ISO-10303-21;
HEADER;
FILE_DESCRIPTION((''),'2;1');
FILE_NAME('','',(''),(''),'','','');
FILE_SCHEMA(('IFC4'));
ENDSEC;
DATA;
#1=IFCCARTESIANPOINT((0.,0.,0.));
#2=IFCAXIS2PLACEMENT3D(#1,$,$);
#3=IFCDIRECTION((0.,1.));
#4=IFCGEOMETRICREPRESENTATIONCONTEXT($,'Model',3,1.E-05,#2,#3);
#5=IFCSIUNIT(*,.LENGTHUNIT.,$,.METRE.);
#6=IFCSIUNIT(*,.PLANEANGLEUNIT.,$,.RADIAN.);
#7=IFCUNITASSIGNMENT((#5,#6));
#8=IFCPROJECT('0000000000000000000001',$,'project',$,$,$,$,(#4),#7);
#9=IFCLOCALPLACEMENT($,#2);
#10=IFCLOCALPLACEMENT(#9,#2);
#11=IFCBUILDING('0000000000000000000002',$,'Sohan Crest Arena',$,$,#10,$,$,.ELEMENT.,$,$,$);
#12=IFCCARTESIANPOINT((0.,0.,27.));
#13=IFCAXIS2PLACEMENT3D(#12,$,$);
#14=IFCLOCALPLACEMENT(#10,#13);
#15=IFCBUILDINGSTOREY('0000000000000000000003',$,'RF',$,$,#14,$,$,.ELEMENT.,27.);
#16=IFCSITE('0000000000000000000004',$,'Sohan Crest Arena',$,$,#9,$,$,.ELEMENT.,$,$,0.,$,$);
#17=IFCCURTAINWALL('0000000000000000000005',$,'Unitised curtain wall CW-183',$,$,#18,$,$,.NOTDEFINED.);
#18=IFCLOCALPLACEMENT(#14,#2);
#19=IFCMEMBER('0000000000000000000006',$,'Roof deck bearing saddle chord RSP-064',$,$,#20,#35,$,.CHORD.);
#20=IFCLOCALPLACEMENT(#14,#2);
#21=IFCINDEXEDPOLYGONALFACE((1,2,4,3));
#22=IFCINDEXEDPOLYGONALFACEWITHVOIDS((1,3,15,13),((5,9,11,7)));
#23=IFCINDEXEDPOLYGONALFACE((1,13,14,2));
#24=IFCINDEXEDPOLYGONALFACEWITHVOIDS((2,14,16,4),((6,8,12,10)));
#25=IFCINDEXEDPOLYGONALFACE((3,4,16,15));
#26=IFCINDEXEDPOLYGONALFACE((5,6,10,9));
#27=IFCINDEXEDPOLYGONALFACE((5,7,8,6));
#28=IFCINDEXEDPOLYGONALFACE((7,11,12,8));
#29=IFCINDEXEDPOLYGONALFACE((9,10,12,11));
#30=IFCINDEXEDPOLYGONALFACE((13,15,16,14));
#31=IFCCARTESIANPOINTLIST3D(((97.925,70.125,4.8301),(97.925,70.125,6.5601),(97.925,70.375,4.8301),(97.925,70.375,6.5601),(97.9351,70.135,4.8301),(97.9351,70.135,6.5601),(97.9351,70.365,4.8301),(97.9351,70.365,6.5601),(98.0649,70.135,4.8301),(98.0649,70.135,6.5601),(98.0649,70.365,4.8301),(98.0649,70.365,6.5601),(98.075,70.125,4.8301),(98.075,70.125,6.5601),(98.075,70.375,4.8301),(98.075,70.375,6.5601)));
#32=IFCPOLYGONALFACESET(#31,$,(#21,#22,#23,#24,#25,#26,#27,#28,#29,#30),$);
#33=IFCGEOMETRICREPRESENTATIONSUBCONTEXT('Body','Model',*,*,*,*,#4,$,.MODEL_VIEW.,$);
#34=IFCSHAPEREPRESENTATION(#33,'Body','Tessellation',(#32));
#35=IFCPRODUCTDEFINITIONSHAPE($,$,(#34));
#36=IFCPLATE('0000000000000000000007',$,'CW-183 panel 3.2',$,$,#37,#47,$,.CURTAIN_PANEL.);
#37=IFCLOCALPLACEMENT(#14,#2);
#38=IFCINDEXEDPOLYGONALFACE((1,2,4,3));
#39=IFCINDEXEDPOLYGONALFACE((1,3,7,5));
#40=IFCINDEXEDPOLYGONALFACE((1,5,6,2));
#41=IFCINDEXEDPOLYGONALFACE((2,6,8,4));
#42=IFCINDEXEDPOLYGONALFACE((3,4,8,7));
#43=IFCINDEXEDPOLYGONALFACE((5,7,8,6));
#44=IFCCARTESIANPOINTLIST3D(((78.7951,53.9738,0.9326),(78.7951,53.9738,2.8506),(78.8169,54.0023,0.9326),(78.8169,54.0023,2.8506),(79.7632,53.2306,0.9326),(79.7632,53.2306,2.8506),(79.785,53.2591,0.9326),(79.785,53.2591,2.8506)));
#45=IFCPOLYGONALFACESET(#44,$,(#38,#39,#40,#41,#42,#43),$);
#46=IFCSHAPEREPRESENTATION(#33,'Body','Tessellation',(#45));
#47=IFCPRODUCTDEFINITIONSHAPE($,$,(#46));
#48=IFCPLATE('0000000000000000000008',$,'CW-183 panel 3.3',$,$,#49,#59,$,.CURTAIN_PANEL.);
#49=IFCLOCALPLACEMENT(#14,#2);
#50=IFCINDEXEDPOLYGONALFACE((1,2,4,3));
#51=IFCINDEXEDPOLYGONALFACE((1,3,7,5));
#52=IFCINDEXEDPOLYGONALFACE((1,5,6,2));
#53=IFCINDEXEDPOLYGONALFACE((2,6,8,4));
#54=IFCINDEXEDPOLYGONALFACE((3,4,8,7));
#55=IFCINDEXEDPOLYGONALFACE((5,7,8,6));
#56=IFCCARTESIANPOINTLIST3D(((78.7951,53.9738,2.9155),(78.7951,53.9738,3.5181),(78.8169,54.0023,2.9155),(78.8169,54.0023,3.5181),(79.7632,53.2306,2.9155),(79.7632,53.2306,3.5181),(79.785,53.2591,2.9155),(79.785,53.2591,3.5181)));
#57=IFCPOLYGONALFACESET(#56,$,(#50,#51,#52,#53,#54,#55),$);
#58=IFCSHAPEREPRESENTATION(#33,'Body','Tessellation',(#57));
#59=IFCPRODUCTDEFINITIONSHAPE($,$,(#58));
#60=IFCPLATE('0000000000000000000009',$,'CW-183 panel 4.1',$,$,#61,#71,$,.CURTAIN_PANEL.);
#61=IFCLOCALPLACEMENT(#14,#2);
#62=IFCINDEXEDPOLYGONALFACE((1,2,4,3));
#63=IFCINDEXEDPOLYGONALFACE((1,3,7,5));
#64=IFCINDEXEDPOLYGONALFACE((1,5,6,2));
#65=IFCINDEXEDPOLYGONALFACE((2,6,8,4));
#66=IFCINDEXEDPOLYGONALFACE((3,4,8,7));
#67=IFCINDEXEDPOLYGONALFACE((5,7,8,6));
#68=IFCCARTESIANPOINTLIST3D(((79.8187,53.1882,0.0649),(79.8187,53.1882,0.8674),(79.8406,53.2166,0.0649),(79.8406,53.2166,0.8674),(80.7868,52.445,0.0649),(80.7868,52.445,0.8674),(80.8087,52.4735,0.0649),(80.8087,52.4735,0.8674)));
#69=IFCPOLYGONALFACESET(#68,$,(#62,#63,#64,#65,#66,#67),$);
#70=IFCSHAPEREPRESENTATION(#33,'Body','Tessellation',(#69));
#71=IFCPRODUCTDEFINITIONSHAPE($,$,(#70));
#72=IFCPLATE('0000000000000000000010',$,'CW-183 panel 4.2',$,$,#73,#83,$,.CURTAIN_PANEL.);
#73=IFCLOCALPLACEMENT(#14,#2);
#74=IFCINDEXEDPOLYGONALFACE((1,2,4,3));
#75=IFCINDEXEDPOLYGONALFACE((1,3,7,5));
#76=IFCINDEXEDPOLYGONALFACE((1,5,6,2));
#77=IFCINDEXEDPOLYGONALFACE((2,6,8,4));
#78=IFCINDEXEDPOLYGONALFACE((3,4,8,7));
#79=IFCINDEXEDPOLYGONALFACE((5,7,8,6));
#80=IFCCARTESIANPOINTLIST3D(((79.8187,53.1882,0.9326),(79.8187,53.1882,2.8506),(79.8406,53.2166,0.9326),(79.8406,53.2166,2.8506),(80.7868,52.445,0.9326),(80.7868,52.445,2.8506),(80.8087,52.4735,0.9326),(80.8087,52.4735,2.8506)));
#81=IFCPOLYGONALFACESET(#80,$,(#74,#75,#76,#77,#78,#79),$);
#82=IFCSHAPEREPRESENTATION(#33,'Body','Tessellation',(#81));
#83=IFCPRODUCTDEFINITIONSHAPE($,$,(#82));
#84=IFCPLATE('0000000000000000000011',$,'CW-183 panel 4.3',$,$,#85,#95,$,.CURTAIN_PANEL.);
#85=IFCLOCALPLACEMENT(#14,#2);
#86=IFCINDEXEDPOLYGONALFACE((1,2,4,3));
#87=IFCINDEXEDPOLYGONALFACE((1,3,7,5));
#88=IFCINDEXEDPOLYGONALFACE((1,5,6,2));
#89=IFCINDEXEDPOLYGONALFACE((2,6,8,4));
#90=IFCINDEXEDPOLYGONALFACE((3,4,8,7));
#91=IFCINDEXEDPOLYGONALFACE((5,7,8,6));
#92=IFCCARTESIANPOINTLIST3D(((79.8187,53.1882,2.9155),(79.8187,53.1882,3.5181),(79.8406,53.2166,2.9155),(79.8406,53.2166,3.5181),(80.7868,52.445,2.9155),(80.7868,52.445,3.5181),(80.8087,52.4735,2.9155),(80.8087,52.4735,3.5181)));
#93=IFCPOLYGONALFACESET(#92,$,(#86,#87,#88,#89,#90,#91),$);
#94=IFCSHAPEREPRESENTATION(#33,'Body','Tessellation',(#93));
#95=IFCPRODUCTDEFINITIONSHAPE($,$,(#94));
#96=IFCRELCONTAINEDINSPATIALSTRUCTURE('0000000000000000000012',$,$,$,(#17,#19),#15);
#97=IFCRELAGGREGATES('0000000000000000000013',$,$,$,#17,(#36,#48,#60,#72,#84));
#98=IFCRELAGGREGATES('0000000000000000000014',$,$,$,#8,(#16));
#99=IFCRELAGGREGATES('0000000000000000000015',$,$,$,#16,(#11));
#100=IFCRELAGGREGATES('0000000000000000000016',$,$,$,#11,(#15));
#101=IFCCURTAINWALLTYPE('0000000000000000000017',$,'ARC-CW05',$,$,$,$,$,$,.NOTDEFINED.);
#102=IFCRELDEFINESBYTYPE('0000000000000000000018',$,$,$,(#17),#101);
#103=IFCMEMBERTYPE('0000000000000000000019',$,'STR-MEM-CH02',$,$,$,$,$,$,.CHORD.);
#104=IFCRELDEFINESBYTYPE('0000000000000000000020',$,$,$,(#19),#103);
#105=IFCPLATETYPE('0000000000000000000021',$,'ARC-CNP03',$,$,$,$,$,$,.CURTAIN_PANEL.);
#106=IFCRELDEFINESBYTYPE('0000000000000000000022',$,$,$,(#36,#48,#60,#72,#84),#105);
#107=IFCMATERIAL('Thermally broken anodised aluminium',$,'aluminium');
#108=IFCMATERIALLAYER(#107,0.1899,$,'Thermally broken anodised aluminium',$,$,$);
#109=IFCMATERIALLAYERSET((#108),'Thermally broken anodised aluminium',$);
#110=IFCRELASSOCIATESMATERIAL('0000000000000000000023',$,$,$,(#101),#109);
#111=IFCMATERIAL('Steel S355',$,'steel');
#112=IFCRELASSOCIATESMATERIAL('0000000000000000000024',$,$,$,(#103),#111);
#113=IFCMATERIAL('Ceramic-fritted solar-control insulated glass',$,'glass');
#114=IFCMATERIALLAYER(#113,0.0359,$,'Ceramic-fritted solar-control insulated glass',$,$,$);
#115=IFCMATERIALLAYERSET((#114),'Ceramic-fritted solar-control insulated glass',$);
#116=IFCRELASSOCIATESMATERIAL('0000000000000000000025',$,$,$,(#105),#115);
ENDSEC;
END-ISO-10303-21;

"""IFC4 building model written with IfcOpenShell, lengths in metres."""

from ifc_helpers import new_model, si_unit, direction, frame, origin, origin_2d, place, context, subcontext, project, spatial, rectangle, hollow_rectangle, extrude, material, layer, layer_set, material_profile, profile_set, type_object, element, aggregate, save


model = new_model("IFC4")

# Units and contexts
model_context = context("Model", 3, precision=1e-05, world=origin(), true_north=direction((0.0, 1.0)))
body_context = subcontext(model_context, "Body", "Model", "MODEL_VIEW")
ifc_project = project(units=[si_unit("LENGTHUNIT", "METRE"), si_unit("PLANEANGLEUNIT", "RADIAN")], contexts=[model_context])

# Site, building, storey
site_placement = place(None, origin())
site = spatial("IfcSite", under=ifc_project, at=site_placement, Name="Sohan Crest Arena", CompositionType="ELEMENT", RefElevation=0.0)
building_placement = place(site_placement, origin())
building = spatial("IfcBuilding", under=site, at=building_placement, Name="Sohan Crest Arena", CompositionType="ELEMENT")
storey_placement = place(building_placement, frame((0.0, 0.0, 27.0)))
storey = spatial("IfcBuildingStorey", under=building, at=storey_placement, Name="RF", CompositionType="ELEMENT", Elevation=27.0)

# Curtain wall
ifc_material_1 = material(Name="Thermally broken anodised aluminium", Category="aluminium")
ifc_layer_1 = layer(ifc_material_1, 0.1899, Name="Thermally broken anodised aluminium")
ifc_layer_set_1 = layer_set([ifc_layer_1], Name="Thermally broken anodised aluminium")
curtain_wall_type = type_object("IfcCurtainWallType", Name="ARC-CW05", PredefinedType="NOTDEFINED", material=ifc_layer_set_1)
curtain_wall_placement = place(storey_placement, origin())
curtain_wall = element("IfcCurtainWall", 1, at=curtain_wall_placement, inside=storey, type_object=curtain_wall_type, Name="Unitised curtain wall CW-183", PredefinedType="NOTDEFINED")

# Shared definitions
ifc_material_2 = material(Name="Steel S355", Category="steel")

# Member
ifc_material_profile_1 = material_profile(ifc_material_2, hollow_rectangle(XDim=0.1499, YDim=0.25, WallThickness=0.01, at=origin_2d()), Name="RHS 250x150x10")
ifc_profile_set_1 = profile_set([ifc_material_profile_1], Name="Steel S355")
member_type_1 = type_object("IfcMemberType", Name="STR-MEM-CH02", PredefinedType="CHORD", material=ifc_profile_set_1)
member_1_placement = place(storey_placement, frame((98.0, 70.25, 4.8301), z_axis=(0.0, 0.0, 1.0), x_axis=(1.0, 0.0, 0.0)))
element("IfcMember", 2, at=member_1_placement, inside=storey, type_object=member_type_1, Name="Roof deck bearing saddle chord RSP-064", PredefinedType="CHORD", context=body_context, shape_type="SweptSolid", body=[
    extrude(hollow_rectangle(XDim=0.1499, YDim=0.25, WallThickness=0.01, at=origin_2d()), origin(), (0.0, 0.0, 1.0), 1.73),
])

# Plates
ifc_material_3 = material(Name="Ceramic-fritted solar-control insulated glass", Category="glass")
ifc_layer_2 = layer(ifc_material_3, 0.0359, Name="Ceramic-fritted solar-control insulated glass")
ifc_layer_set_2 = layer_set([ifc_layer_2], Name="Ceramic-fritted solar-control insulated glass")
plate_type = type_object("IfcPlateType", Name="ARC-CNP03", PredefinedType="CURTAIN_PANEL", material=ifc_layer_set_2)
plate_1_placement = place(storey_placement, frame((79.29, 53.6165, 0.9326), z_axis=(0.0, 0.0, 1.0), x_axis=(0.793217, -0.608939, 0.0)))
plate_1 = element("IfcPlate", 3, at=plate_1_placement, type_object=plate_type, Name="CW-183 panel 3.2", PredefinedType="CURTAIN_PANEL", context=body_context, shape_type="SweptSolid", body=[
    extrude(rectangle(XDim=1.2205, YDim=0.0359, at=origin_2d()), origin(), (0.0, 0.0, 1.0), 1.918),
])
plate_2_placement = place(storey_placement, frame((79.29, 53.6165, 2.9155), z_axis=(0.0, 0.0, 1.0), x_axis=(0.793217, -0.608939, 0.0)))
plate_2 = element("IfcPlate", 4, at=plate_2_placement, type_object=plate_type, Name="CW-183 panel 3.3", PredefinedType="CURTAIN_PANEL", context=body_context, shape_type="SweptSolid", body=[
    extrude(rectangle(XDim=1.2205, YDim=0.0359, at=origin_2d()), origin(), (0.0, 0.0, 1.0), 0.6025),
])
plate_3_placement = place(storey_placement, frame((80.3137, 52.8308, 0.0649), z_axis=(0.0, 0.0, 1.0), x_axis=(0.793217, -0.608939, 0.0)))
plate_3 = element("IfcPlate", 5, at=plate_3_placement, type_object=plate_type, Name="CW-183 panel 4.1", PredefinedType="CURTAIN_PANEL", context=body_context, shape_type="SweptSolid", body=[
    extrude(rectangle(XDim=1.2205, YDim=0.0359, at=origin_2d()), origin(), (0.0, 0.0, 1.0), 0.8025),
])
plate_4_placement = place(storey_placement, frame((80.3137, 52.8308, 0.9326), z_axis=(0.0, 0.0, 1.0), x_axis=(0.793217, -0.608939, 0.0)))
plate_4 = element("IfcPlate", 6, at=plate_4_placement, type_object=plate_type, Name="CW-183 panel 4.2", PredefinedType="CURTAIN_PANEL", context=body_context, shape_type="SweptSolid", body=[
    extrude(rectangle(XDim=1.2205, YDim=0.0359, at=origin_2d()), origin(), (0.0, 0.0, 1.0), 1.918),
])
plate_5_placement = place(storey_placement, frame((80.3137, 52.8308, 2.9155), z_axis=(0.0, 0.0, 1.0), x_axis=(0.793217, -0.608939, 0.0)))
plate_5 = element("IfcPlate", 7, at=plate_5_placement, type_object=plate_type, Name="CW-183 panel 4.3", PredefinedType="CURTAIN_PANEL", context=body_context, shape_type="SweptSolid", body=[
    extrude(rectangle(XDim=1.2205, YDim=0.0359, at=origin_2d()), origin(), (0.0, 0.0, 1.0), 0.6025),
])
aggregate(curtain_wall, [plate_1, plate_2, plate_3, plate_4, plate_5])

save(model, "model.ifc")
